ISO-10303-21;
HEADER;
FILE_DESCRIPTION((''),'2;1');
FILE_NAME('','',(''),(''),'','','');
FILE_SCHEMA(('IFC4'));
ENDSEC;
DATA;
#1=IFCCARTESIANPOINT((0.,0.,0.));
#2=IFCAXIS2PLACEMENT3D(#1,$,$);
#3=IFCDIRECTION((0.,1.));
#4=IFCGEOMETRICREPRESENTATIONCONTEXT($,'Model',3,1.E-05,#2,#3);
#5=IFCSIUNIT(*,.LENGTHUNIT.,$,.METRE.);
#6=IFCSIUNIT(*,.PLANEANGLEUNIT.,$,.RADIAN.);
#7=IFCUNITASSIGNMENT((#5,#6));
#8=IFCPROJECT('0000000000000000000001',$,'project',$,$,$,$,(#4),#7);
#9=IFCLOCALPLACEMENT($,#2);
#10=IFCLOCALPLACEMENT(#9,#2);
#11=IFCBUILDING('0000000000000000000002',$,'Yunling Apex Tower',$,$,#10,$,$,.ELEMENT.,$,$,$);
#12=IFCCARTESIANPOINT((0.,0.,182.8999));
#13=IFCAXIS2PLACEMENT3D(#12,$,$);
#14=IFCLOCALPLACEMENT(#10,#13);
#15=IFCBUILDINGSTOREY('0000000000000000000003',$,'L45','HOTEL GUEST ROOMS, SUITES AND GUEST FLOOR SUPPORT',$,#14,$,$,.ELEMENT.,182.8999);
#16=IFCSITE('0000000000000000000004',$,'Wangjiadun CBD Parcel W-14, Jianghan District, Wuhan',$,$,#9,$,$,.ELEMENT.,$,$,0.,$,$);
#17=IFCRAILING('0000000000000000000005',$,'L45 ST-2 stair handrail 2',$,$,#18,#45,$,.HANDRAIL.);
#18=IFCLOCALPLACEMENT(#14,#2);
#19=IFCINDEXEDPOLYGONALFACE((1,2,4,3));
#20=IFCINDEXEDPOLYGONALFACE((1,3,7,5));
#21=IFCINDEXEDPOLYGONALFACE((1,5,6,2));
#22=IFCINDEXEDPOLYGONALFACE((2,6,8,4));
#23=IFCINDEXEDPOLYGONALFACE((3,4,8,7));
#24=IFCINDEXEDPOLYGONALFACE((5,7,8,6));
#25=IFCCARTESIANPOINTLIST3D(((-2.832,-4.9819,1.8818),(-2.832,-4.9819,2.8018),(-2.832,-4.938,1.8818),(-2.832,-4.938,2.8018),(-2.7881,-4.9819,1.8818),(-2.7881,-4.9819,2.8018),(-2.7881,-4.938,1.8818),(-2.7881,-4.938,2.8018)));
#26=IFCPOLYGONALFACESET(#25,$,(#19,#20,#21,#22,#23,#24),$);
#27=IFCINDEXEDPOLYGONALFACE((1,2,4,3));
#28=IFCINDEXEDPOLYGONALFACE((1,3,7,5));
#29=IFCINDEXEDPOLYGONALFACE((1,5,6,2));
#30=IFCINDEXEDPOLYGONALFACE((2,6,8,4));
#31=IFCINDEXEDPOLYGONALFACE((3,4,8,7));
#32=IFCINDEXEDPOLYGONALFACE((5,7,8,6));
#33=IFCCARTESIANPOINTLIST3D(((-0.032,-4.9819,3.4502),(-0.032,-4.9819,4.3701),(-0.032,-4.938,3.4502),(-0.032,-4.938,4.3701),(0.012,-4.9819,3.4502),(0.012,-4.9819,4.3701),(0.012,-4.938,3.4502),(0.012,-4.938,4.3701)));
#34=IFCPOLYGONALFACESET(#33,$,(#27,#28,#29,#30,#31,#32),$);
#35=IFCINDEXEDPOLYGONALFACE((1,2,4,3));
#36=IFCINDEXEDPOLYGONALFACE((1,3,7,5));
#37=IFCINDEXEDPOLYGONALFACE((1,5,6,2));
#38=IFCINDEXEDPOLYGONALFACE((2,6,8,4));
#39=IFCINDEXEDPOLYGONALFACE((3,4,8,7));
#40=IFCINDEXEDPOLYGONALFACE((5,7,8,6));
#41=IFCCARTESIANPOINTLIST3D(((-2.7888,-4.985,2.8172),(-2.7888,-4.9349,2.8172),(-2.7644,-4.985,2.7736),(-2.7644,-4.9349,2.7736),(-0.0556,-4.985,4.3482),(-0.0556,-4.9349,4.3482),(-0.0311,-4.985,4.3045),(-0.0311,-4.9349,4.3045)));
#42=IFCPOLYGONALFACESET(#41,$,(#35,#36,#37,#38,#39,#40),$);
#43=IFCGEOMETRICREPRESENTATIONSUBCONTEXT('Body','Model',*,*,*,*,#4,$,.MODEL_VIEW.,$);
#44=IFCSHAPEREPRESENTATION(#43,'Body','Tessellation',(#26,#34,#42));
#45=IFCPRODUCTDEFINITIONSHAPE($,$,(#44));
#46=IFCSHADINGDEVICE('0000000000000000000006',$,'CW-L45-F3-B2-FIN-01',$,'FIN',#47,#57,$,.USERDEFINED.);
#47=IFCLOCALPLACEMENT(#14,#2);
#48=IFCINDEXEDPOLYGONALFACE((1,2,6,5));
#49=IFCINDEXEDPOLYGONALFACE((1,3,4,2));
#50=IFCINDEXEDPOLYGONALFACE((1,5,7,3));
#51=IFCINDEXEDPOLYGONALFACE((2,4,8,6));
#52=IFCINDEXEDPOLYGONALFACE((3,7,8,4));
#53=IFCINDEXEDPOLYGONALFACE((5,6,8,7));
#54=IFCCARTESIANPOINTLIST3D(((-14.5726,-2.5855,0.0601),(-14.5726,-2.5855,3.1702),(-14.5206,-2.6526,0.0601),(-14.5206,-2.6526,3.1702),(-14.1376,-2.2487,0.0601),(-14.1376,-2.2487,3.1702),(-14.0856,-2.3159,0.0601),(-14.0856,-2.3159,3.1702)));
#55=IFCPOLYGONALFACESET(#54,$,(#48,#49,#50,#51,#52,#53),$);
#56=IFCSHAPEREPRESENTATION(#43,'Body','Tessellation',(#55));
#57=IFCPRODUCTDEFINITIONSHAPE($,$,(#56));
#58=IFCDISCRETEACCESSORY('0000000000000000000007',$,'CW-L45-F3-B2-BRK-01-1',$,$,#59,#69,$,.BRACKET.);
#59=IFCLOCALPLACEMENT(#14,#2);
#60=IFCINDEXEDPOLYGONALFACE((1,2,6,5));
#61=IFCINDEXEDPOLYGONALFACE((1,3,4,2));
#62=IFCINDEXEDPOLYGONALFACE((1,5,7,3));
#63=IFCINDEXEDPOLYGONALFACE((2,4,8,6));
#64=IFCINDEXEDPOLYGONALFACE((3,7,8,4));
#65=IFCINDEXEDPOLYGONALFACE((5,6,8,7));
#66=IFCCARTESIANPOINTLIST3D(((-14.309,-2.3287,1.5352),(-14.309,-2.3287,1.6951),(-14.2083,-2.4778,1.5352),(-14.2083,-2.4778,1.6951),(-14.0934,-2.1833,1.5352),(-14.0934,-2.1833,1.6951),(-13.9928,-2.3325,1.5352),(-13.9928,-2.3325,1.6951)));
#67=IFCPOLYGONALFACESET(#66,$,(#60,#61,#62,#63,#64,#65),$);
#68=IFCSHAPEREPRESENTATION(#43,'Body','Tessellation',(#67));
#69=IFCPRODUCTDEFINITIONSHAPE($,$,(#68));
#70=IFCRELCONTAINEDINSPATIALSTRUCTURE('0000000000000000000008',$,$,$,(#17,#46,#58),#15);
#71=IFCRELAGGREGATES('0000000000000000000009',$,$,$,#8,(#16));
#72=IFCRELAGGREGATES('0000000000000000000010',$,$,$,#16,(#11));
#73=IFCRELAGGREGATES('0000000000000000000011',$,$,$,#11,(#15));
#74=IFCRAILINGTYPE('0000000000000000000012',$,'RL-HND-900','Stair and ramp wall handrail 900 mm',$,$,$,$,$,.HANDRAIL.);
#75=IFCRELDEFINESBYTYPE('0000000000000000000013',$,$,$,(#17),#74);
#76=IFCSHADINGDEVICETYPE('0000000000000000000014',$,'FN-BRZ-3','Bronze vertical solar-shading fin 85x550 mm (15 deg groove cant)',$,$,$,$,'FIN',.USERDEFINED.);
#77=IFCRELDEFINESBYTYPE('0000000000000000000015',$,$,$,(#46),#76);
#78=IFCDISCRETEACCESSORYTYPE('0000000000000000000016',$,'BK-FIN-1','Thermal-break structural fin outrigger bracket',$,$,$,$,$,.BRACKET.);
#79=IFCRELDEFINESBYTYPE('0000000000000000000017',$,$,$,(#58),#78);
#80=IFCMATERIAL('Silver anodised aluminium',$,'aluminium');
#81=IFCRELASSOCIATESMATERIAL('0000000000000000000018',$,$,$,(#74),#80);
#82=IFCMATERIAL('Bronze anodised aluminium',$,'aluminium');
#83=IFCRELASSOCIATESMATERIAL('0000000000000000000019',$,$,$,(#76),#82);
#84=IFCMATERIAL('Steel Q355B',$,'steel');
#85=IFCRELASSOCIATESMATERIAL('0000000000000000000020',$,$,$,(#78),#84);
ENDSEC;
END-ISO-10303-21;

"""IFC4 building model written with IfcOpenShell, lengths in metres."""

from ifc_helpers import new_model, si_unit, direction, frame, origin, origin_2d, place, context, subcontext, project, spatial, rectangle, extrude, source, transform, mapped, material, material_profile, profile_set, type_object, element, save


model = new_model("IFC4")

# Units and contexts
model_context = context("Model", 3, precision=1e-05, world=origin(), true_north=direction((0.0, 1.0)))
body_context = subcontext(model_context, "Body", "Model", "MODEL_VIEW")
ifc_project = project(units=[si_unit("LENGTHUNIT", "METRE"), si_unit("PLANEANGLEUNIT", "RADIAN")], contexts=[model_context])

# Site, building, storey
site_placement = place(None, origin())
site = spatial("IfcSite", under=ifc_project, at=site_placement, Name="Wangjiadun CBD Parcel W-14, Jianghan District, Wuhan", CompositionType="ELEMENT", RefElevation=0.0)
building_placement = place(site_placement, origin())
building = spatial("IfcBuilding", under=site, at=building_placement, Name="Yunling Apex Tower", CompositionType="ELEMENT")
storey_placement = place(building_placement, frame((0.0, 0.0, 182.8999)))
storey = spatial("IfcBuildingStorey", under=building, at=storey_placement, Name="L45", Description="HOTEL GUEST ROOMS, SUITES AND GUEST FLOOR SUPPORT", CompositionType="ELEMENT", Elevation=182.8999)

# Shared definitions
ifc_material_1 = material(Name="Steel Q355B", Category="steel")

# Shared definitions
ifc_material_2 = material(Name="Bronze anodised aluminium", Category="aluminium")

# Railing
ifc_material_3 = material(Name="Silver anodised aluminium", Category="aluminium")
railing_type_1 = type_object("IfcRailingType", Name="RL-HND-900", Description="Stair and ramp wall handrail 900 mm", PredefinedType="HANDRAIL", material=ifc_material_3)
railing_1_placement = place(storey_placement, frame((-2.8101, -4.96, 1.8818)))
element("IfcRailing", 1, at=railing_1_placement, inside=storey, type_object=railing_type_1, Name="L45 ST-2 stair handrail 2", PredefinedType="HANDRAIL", context=body_context, shape_type="SweptSolid", body=[
    extrude(rectangle(XDim=0.0439, YDim=0.0439, at=origin_2d()), origin(), (0.0, 0.0, 1.0), 0.9199),
    extrude(rectangle(XDim=0.0439, YDim=0.0439, at=origin_2d()), frame((2.8, 0.0, 1.5684)), (0.0, 0.0, 1.0), 0.9199),
    extrude(rectangle(XDim=0.05, YDim=0.05, at=origin_2d()), frame((0.0334, 0.0, 0.9136), z_axis=(0.872462, 0.0, 0.488682), x_axis=(0.0, 1.0, 0.0)), (0.0, 0.0, 1.0), 3.1328),
])

# Shading device
ifc_material_profile_1 = material_profile(ifc_material_2, rectangle(XDim=0.085, YDim=0.55, at=origin_2d()))
ifc_profile_set_1 = profile_set([ifc_material_profile_1], Name="Bronze anodised aluminium")
shading_device_type = type_object("IfcShadingDeviceType", Name="FN-BRZ-3", Description="Bronze vertical solar-shading fin 85x550 mm (15 deg groove cant)", ElementType="FIN", PredefinedType="USERDEFINED", material=ifc_profile_set_1)
shared_shape_1 = source(origin(), body_context, "Body", "SweptSolid", [
    extrude(rectangle(XDim=0.085, YDim=0.55, at=origin_2d()), origin(), (0.0, 0.0, 1.0), 3.1101),
])
shading_device_placement = place(storey_placement, frame((-14.3291, -2.4507, 0.0601), z_axis=(0.0, 0.0, 1.0), x_axis=(0.612217, -0.79069, 0.0)))
element("IfcShadingDevice", 2, at=shading_device_placement, inside=storey, type_object=shading_device_type, Name="CW-L45-F3-B2-FIN-01", ObjectType="FIN", PredefinedType="USERDEFINED", context=body_context, shape_type="MappedRepresentation", body=[
    mapped(shared_shape_1, transform((0.0, 0.0, 0.0), scale=1.0)),
])

# Discrete accessory
discrete_accessory_type = type_object("IfcDiscreteAccessoryType", Name="BK-FIN-1", Description="Thermal-break structural fin outrigger bracket", PredefinedType="BRACKET", material=ifc_material_1)
shared_shape_2 = source(origin(), body_context, "Body", "SweptSolid", [
    extrude(rectangle(XDim=0.1799, YDim=0.26, at=origin_2d()), origin(), (0.0, 0.0, 1.0), 0.1599),
])
discrete_accessory_placement = place(storey_placement, frame((-14.1509, -2.3306, 1.5352), z_axis=(0.0, 0.0, 1.0), x_axis=(0.559193, -0.829038, 0.0)))
element("IfcDiscreteAccessory", 3, at=discrete_accessory_placement, inside=storey, type_object=discrete_accessory_type, Name="CW-L45-F3-B2-BRK-01-1", PredefinedType="BRACKET", context=body_context, shape_type="MappedRepresentation", body=[
    mapped(shared_shape_2, transform((0.0, 0.0, 0.0), scale=1.0)),
])

save(model, "model.ifc")
